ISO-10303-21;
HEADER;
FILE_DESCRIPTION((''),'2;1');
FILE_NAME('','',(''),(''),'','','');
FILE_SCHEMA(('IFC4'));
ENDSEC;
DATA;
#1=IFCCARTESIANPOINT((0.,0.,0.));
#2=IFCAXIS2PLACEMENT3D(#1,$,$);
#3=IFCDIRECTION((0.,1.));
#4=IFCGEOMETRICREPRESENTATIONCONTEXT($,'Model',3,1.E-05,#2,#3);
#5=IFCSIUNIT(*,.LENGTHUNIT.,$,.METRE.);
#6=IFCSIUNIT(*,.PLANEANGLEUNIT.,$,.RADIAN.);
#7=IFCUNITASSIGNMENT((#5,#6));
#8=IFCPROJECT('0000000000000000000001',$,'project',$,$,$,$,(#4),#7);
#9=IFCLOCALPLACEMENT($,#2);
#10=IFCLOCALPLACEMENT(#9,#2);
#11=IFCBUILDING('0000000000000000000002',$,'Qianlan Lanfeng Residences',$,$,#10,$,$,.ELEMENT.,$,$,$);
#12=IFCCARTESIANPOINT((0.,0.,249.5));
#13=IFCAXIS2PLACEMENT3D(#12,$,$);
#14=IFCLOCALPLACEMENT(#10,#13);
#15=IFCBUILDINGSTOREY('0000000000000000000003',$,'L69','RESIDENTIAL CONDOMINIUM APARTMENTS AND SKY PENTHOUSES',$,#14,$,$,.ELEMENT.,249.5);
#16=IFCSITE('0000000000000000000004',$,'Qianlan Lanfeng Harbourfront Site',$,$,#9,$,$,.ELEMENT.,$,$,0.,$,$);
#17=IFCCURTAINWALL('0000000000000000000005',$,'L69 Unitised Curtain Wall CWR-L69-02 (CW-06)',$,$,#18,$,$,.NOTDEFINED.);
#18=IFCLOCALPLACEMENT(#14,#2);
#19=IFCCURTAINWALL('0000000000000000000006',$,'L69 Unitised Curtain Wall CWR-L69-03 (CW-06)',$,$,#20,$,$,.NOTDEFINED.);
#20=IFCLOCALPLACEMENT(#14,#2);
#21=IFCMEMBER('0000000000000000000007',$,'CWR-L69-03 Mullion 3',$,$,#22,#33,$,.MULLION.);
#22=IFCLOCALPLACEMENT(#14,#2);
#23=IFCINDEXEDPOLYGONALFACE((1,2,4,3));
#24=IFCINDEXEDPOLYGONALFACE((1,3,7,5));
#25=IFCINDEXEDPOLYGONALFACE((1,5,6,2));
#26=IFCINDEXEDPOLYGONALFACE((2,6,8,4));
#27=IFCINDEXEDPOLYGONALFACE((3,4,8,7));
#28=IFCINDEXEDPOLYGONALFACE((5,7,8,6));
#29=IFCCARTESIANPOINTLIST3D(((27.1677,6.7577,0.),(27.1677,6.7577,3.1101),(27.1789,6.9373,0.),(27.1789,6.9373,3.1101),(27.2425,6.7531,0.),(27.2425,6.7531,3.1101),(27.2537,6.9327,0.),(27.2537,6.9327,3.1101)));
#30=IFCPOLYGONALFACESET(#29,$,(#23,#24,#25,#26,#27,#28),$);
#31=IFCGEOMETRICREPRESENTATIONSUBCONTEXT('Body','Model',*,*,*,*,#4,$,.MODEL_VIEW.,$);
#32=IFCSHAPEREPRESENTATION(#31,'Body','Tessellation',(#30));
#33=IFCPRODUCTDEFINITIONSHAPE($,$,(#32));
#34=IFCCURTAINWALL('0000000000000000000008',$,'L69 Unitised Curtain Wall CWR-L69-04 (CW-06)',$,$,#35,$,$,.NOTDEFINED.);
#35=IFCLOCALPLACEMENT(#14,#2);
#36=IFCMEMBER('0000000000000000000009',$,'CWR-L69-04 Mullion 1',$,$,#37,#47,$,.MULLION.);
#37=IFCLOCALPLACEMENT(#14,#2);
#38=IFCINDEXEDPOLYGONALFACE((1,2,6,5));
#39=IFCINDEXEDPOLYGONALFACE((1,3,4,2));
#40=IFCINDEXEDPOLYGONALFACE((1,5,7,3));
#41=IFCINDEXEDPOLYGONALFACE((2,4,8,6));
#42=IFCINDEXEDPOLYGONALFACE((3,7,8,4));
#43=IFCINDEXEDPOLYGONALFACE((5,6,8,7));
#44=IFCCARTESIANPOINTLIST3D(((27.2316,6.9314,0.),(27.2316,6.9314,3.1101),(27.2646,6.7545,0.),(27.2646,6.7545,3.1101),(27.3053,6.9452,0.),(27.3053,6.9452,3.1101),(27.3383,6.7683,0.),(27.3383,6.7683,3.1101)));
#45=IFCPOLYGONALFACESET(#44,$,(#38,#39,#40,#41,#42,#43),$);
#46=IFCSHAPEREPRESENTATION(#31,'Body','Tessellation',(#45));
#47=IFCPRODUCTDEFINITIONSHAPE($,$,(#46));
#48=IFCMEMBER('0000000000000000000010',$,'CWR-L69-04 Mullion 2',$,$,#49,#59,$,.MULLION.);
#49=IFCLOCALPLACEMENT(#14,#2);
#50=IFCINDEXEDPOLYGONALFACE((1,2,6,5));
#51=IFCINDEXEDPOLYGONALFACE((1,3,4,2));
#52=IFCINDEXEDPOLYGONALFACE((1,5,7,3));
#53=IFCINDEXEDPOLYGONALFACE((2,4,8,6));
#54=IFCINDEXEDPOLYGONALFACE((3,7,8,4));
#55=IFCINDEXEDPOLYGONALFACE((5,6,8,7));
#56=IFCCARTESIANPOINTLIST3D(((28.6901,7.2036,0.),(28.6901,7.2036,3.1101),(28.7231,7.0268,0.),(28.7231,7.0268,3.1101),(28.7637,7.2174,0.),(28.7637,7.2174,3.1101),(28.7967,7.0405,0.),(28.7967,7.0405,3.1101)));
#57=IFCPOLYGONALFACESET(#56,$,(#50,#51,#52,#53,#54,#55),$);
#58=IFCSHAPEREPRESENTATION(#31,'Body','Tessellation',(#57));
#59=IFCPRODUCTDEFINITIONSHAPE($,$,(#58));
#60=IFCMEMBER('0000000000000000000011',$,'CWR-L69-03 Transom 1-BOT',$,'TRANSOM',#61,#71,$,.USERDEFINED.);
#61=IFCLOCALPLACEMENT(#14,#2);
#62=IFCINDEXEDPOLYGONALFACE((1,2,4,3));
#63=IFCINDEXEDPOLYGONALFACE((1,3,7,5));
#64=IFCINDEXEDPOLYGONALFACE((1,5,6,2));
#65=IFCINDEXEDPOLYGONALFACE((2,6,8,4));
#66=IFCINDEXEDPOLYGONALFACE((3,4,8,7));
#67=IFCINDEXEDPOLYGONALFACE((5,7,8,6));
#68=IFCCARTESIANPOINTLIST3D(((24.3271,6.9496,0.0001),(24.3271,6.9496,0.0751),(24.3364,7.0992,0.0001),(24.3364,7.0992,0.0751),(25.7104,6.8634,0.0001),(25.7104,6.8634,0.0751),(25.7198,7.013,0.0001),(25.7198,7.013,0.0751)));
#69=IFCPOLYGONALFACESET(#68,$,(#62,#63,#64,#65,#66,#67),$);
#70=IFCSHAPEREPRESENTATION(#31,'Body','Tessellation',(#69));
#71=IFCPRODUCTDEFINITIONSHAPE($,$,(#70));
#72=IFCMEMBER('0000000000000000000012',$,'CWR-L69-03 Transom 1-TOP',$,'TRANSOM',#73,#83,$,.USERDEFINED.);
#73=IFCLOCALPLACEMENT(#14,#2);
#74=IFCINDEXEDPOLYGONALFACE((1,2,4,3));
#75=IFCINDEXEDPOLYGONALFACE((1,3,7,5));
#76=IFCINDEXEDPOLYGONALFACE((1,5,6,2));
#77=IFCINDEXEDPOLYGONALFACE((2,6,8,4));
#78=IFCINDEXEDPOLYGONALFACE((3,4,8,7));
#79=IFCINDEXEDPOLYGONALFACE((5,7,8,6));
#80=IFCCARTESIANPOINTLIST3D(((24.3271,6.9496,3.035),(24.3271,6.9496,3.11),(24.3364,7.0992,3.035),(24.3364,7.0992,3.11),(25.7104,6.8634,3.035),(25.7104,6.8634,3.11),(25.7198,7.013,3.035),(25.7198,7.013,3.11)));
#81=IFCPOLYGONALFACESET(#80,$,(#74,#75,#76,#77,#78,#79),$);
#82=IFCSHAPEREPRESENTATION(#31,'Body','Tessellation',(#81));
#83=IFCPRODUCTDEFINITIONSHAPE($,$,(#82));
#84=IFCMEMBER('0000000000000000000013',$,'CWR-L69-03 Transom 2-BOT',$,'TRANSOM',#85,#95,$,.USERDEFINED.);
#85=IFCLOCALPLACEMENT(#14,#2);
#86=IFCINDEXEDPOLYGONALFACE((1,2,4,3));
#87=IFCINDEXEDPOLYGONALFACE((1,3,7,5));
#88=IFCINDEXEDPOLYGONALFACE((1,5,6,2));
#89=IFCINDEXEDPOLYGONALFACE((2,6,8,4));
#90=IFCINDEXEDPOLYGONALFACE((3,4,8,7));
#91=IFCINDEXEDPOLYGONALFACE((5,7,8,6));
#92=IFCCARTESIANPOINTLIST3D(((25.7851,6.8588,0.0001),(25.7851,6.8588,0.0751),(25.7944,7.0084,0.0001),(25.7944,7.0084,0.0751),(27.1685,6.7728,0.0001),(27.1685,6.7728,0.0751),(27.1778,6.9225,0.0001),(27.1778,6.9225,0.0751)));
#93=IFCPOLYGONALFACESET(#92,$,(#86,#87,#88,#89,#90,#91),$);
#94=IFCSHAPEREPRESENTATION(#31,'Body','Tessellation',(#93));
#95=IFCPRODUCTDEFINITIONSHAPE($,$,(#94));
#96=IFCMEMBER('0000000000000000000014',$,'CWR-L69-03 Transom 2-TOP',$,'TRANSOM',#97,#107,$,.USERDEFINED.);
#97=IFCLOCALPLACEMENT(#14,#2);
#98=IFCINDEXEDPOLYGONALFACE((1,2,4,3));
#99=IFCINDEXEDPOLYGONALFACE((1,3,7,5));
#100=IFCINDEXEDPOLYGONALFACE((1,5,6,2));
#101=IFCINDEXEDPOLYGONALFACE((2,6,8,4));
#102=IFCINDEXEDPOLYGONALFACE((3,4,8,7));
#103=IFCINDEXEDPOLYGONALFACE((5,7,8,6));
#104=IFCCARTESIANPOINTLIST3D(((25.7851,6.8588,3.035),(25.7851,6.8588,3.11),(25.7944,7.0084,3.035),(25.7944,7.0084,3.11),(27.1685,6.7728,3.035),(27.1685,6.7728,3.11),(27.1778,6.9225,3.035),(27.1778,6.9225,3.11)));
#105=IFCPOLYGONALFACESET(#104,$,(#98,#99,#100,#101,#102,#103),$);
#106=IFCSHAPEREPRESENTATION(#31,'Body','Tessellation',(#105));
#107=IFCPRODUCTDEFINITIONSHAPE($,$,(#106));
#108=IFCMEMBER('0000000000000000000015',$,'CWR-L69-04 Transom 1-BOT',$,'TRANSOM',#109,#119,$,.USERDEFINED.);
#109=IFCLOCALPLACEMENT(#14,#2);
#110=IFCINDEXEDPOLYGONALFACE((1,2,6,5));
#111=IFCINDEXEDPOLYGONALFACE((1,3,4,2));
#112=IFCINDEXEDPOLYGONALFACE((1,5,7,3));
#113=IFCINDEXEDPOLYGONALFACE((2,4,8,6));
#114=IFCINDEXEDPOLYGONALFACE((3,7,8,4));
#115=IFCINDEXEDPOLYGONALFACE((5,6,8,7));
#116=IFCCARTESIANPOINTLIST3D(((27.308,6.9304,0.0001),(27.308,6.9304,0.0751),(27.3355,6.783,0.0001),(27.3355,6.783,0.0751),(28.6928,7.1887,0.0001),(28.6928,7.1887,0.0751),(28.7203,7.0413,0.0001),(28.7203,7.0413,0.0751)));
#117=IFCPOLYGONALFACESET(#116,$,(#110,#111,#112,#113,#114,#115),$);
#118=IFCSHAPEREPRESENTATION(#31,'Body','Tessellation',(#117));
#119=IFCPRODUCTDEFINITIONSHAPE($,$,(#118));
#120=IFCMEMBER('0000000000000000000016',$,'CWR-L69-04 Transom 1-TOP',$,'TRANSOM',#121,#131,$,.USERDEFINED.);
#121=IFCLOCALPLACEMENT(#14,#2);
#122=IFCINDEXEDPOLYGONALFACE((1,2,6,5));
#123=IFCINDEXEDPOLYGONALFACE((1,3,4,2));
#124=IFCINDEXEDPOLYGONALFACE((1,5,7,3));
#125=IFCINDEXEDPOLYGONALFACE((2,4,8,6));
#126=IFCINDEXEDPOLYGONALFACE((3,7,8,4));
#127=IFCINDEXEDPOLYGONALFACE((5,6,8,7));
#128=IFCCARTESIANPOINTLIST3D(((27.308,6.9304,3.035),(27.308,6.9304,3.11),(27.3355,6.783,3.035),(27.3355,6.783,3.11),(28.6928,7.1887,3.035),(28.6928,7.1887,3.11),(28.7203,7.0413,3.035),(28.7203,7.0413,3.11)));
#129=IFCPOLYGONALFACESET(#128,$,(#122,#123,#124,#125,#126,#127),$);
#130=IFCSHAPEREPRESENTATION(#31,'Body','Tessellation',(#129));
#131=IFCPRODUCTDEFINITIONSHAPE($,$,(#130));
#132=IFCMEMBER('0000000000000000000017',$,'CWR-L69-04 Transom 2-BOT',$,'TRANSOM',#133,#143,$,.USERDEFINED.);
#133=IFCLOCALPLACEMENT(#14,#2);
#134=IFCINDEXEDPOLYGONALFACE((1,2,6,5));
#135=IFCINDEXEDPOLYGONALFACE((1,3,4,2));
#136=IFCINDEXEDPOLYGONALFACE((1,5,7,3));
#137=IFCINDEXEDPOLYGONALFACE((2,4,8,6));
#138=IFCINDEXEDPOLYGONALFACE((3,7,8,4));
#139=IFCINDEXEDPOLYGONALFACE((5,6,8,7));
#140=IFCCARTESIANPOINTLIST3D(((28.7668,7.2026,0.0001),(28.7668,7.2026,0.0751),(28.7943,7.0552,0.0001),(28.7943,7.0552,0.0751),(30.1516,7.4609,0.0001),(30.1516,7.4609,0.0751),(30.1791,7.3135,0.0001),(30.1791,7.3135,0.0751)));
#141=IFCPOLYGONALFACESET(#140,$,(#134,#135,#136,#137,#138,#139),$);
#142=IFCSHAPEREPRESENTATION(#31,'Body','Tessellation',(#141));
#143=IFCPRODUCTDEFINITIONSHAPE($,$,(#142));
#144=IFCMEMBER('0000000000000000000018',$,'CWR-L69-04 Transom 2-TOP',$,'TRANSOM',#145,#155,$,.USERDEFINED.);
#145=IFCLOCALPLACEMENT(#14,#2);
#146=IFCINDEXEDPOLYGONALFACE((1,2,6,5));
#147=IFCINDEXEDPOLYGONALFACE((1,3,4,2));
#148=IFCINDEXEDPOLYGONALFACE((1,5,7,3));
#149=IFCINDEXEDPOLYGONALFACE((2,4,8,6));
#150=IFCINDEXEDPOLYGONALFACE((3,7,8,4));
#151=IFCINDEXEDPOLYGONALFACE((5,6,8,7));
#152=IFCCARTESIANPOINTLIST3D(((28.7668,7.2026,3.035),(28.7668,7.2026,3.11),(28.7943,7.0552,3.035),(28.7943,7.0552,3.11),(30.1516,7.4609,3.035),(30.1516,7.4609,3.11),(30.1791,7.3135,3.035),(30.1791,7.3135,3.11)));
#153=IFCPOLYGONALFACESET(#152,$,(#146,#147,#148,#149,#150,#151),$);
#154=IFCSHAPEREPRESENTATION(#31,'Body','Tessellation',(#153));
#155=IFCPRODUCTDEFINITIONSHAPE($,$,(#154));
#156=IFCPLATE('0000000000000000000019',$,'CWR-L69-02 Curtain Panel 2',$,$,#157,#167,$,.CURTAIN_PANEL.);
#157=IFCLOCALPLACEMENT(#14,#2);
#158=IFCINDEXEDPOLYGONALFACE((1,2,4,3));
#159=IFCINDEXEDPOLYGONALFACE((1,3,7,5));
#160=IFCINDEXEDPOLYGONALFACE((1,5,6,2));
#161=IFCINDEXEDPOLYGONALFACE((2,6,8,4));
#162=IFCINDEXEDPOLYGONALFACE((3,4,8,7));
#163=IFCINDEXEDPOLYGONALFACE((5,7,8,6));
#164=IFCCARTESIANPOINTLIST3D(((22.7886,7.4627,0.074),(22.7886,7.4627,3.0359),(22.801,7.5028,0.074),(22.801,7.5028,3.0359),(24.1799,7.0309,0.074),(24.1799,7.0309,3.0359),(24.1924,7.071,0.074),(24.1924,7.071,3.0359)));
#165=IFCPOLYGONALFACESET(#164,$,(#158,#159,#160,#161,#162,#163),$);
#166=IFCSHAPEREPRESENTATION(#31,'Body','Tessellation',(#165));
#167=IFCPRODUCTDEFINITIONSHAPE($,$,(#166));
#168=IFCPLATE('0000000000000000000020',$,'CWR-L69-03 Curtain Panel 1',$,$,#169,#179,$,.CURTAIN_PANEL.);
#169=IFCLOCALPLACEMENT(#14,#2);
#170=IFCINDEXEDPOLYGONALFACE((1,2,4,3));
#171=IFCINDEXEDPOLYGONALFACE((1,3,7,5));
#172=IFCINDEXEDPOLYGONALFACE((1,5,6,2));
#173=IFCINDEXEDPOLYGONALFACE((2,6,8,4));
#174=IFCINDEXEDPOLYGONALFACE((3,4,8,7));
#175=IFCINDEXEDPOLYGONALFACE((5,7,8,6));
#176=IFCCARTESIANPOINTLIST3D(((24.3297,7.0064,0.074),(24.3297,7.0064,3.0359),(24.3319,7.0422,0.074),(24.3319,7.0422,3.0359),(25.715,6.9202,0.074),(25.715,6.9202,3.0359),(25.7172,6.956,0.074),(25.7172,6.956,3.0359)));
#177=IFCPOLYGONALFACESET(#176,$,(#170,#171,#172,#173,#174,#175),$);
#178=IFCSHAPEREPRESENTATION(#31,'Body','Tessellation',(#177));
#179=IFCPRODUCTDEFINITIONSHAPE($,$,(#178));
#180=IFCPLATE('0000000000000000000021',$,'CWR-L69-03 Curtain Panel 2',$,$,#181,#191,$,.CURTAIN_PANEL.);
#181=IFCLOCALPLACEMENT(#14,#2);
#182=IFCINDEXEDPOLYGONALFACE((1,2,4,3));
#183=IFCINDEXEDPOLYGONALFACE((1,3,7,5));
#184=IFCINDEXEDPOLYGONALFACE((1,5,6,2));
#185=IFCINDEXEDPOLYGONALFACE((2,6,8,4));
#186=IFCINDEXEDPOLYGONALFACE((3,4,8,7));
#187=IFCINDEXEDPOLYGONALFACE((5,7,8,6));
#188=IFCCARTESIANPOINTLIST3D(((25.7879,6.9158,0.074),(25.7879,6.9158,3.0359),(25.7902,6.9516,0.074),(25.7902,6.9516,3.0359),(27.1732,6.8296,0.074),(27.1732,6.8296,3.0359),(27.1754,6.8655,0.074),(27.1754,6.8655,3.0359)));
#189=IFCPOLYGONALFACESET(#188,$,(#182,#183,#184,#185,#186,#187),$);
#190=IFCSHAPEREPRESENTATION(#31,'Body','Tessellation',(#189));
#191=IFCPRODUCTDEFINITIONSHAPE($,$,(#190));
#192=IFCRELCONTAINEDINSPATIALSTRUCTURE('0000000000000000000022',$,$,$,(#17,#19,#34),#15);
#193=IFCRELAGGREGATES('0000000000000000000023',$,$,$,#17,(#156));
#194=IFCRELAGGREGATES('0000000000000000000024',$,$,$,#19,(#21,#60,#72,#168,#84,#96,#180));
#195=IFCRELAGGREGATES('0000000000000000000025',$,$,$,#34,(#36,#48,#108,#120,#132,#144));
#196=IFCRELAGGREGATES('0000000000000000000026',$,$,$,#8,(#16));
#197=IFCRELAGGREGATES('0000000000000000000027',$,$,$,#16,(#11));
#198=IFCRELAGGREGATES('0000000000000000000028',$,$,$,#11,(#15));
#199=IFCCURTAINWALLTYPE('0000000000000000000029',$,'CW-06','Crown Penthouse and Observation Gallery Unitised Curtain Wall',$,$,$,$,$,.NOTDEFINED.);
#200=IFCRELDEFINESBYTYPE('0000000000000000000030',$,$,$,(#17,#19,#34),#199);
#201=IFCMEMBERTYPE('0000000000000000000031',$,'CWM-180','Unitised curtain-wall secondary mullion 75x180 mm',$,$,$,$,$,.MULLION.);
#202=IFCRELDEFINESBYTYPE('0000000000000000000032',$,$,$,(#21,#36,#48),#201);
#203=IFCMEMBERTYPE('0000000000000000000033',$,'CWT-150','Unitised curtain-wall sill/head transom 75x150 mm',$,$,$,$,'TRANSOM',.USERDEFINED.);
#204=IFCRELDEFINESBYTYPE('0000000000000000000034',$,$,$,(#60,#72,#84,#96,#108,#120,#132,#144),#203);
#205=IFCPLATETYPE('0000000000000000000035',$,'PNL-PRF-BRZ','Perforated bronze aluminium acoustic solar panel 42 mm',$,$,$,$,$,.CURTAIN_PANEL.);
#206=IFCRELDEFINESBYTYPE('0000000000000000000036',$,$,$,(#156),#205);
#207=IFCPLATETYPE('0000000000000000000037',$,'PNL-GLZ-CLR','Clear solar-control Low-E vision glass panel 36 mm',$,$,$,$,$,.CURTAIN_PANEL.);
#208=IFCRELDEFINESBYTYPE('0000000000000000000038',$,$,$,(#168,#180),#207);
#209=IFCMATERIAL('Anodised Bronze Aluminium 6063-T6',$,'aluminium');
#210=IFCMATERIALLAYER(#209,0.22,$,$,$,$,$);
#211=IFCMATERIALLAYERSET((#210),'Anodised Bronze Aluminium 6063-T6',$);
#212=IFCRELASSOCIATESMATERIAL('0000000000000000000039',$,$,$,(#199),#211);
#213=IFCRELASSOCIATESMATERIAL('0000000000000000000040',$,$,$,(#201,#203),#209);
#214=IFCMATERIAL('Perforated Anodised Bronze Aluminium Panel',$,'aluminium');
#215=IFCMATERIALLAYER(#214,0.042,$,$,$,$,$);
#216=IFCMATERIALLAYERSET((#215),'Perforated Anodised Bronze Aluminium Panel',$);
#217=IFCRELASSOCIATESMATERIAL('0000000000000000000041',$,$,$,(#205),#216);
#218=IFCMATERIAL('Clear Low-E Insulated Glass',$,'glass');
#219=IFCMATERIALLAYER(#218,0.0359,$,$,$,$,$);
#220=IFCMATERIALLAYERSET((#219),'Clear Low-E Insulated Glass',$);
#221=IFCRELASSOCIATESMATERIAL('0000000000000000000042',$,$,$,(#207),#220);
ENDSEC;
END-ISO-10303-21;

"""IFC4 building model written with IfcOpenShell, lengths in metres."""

from ifc_helpers import new_model, si_unit, direction, frame, origin, origin_2d, place, context, subcontext, project, spatial, rectangle, extrude, source, transform, mapped, material, layer, layer_set, material_profile, profile_set, type_object, element, aggregate, save


model = new_model("IFC4")

# Units and contexts
model_context = context("Model", 3, precision=1e-05, world=origin(), true_north=direction((0.0, 1.0)))
body_context = subcontext(model_context, "Body", "Model", "MODEL_VIEW")
ifc_project = project(units=[si_unit("LENGTHUNIT", "METRE"), si_unit("PLANEANGLEUNIT", "RADIAN")], contexts=[model_context])

# Site, building, storey
site_placement = place(None, origin())
site = spatial("IfcSite", under=ifc_project, at=site_placement, Name="Qianlan Lanfeng Harbourfront Site", CompositionType="ELEMENT", RefElevation=0.0)
building_placement = place(site_placement, origin())
building = spatial("IfcBuilding", under=site, at=building_placement, Name="Qianlan Lanfeng Residences", CompositionType="ELEMENT")
storey_placement = place(building_placement, frame((0.0, 0.0, 249.5)))
storey = spatial("IfcBuildingStorey", under=building, at=storey_placement, Name="L69", Description="RESIDENTIAL CONDOMINIUM APARTMENTS AND SKY PENTHOUSES", CompositionType="ELEMENT", Elevation=249.5)

# Curtain wall
ifc_material_1 = material(Name="Anodised Bronze Aluminium 6063-T6", Category="aluminium")
ifc_layer_1 = layer(ifc_material_1, 0.22)
ifc_layer_set_1 = layer_set([ifc_layer_1], Name="Anodised Bronze Aluminium 6063-T6")
curtain_wall_type = type_object("IfcCurtainWallType", Name="CW-06", Description="Crown Penthouse and Observation Gallery Unitised Curtain Wall", PredefinedType="NOTDEFINED", material=ifc_layer_set_1)
curtain_wall_1_placement = place(storey_placement, origin())
curtain_wall_1 = element("IfcCurtainWall", 1, at=curtain_wall_1_placement, inside=storey, type_object=curtain_wall_type, Name="L69 Unitised Curtain Wall CWR-L69-02 (CW-06)", PredefinedType="NOTDEFINED")
ifc_material_profile_1 = material_profile(ifc_material_1, rectangle(XDim=0.075, YDim=0.1799, at=origin_2d()), Name="ALU MULLION 75x180")
ifc_profile_set_1 = profile_set([ifc_material_profile_1], Name="Anodised Bronze Aluminium 6063-T6")
member_type_1 = type_object("IfcMemberType", Name="CWM-180", Description="Unitised curtain-wall secondary mullion 75x180 mm", PredefinedType="MULLION", material=ifc_profile_set_1)
shared_shape_1 = source(origin(), body_context, "Body", "SweptSolid", [
    extrude(rectangle(XDim=0.075, YDim=0.1799, at=origin_2d()), origin(), (0.0, 0.0, 1.0), 3.1101),
])

# Curtain walls, members
curtain_wall_2_placement = place(storey_placement, origin())
curtain_wall_2 = element("IfcCurtainWall", 2, at=curtain_wall_2_placement, inside=storey, type_object=curtain_wall_type, Name="L69 Unitised Curtain Wall CWR-L69-03 (CW-06)", PredefinedType="NOTDEFINED")
member_1_placement = place(storey_placement, frame((27.2107, 6.8452, 0.0), z_axis=(0.0, 0.0, 1.0), x_axis=(0.998072, -0.062066, 0.0)))
member_1 = element("IfcMember", 3, at=member_1_placement, type_object=member_type_1, Name="CWR-L69-03 Mullion 3", PredefinedType="MULLION", context=body_context, shape_type="MappedRepresentation", body=[
    mapped(shared_shape_1, transform((0.0, 0.0, 0.0), scale=1.0)),
])
curtain_wall_3_placement = place(storey_placement, origin())
curtain_wall_3 = element("IfcCurtainWall", 4, at=curtain_wall_3_placement, inside=storey, type_object=curtain_wall_type, Name="L69 Unitised Curtain Wall CWR-L69-04 (CW-06)", PredefinedType="NOTDEFINED")
member_2_placement = place(storey_placement, frame((27.2849, 6.8499, 0.0), z_axis=(0.0, 0.0, 1.0), x_axis=(0.983039, 0.183395, 0.0)))
member_2 = element("IfcMember", 5, at=member_2_placement, type_object=member_type_1, Name="CWR-L69-04 Mullion 1", PredefinedType="MULLION", context=body_context, shape_type="MappedRepresentation", body=[
    mapped(shared_shape_1, transform((0.0, 0.0, 0.0), scale=1.0)),
])
member_3_placement = place(storey_placement, frame((28.7434, 7.1221, 0.0), z_axis=(0.0, 0.0, 1.0), x_axis=(0.983039, 0.183395, 0.0)))
member_3 = element("IfcMember", 6, at=member_3_placement, type_object=member_type_1, Name="CWR-L69-04 Mullion 2", PredefinedType="MULLION", context=body_context, shape_type="MappedRepresentation", body=[
    mapped(shared_shape_1, transform((0.0, 0.0, 0.0), scale=1.0)),
])

# Members
ifc_material_profile_2 = material_profile(ifc_material_1, rectangle(XDim=0.075, YDim=0.1499, at=origin_2d()), Name="ALU TRANSOM 75x150")
ifc_profile_set_2 = profile_set([ifc_material_profile_2], Name="Anodised Bronze Aluminium 6063-T6")
member_type_2 = type_object("IfcMemberType", Name="CWT-150", Description="Unitised curtain-wall sill/head transom 75x150 mm", ElementType="TRANSOM", PredefinedType="USERDEFINED", material=ifc_profile_set_2)
shared_shape_2 = source(origin(), body_context, "Body", "SweptSolid", [
    extrude(rectangle(XDim=0.075, YDim=0.1499, at=origin_2d()), origin(), (0.0, 0.0, 1.0), 1.386),
])
member_4_placement = place(storey_placement, frame((24.3318, 7.0244, 0.0376), z_axis=(0.998065, -0.062181, 0.0), x_axis=(0.0, 0.0, 1.0)))
member_4 = element("IfcMember", 7, at=member_4_placement, type_object=member_type_2, Name="CWR-L69-03 Transom 1-BOT", ObjectType="TRANSOM", PredefinedType="USERDEFINED", context=body_context, shape_type="MappedRepresentation", body=[
    mapped(shared_shape_2, transform((0.0, 0.0, 0.0), scale=1.0)),
])
member_5_placement = place(storey_placement, frame((24.3318, 7.0244, 3.0725), z_axis=(0.998065, -0.062181, 0.0), x_axis=(0.0, 0.0, 1.0)))
member_5 = element("IfcMember", 8, at=member_5_placement, type_object=member_type_2, Name="CWR-L69-03 Transom 1-TOP", ObjectType="TRANSOM", PredefinedType="USERDEFINED", context=body_context, shape_type="MappedRepresentation", body=[
    mapped(shared_shape_2, transform((0.0, 0.0, 0.0), scale=1.0)),
])
member_6_placement = place(storey_placement, frame((25.7898, 6.9336, 0.0376), z_axis=(0.998076, -0.062005, 0.0), x_axis=(0.0, 0.0, 1.0)))
member_6 = element("IfcMember", 9, at=member_6_placement, type_object=member_type_2, Name="CWR-L69-03 Transom 2-BOT", ObjectType="TRANSOM", PredefinedType="USERDEFINED", context=body_context, shape_type="MappedRepresentation", body=[
    mapped(shared_shape_2, transform((0.0, 0.0, 0.0), scale=1.0)),
])
member_7_placement = place(storey_placement, frame((25.7898, 6.9336, 3.0725), z_axis=(0.998076, -0.062005, 0.0), x_axis=(0.0, 0.0, 1.0)))
member_7 = element("IfcMember", 10, at=member_7_placement, type_object=member_type_2, Name="CWR-L69-03 Transom 2-TOP", ObjectType="TRANSOM", PredefinedType="USERDEFINED", context=body_context, shape_type="MappedRepresentation", body=[
    mapped(shared_shape_2, transform((0.0, 0.0, 0.0), scale=1.0)),
])
shared_shape_3 = source(origin(), body_context, "Body", "SweptSolid", [
    extrude(rectangle(XDim=0.075, YDim=0.1499, at=origin_2d()), origin(), (0.0, 0.0, 1.0), 1.4087),
])
member_8_placement = place(storey_placement, frame((27.3218, 6.8567, 0.0376), z_axis=(0.983044, 0.183368, 0.0), x_axis=(0.0, 0.0, 1.0)))
member_8 = element("IfcMember", 11, at=member_8_placement, type_object=member_type_2, Name="CWR-L69-04 Transom 1-BOT", ObjectType="TRANSOM", PredefinedType="USERDEFINED", context=body_context, shape_type="MappedRepresentation", body=[
    mapped(shared_shape_3, transform((0.0, 0.0, 0.0), scale=1.0)),
])
member_9_placement = place(storey_placement, frame((27.3218, 6.8567, 3.0725), z_axis=(0.983044, 0.183368, 0.0), x_axis=(0.0, 0.0, 1.0)))
member_9 = element("IfcMember", 12, at=member_9_placement, type_object=member_type_2, Name="CWR-L69-04 Transom 1-TOP", ObjectType="TRANSOM", PredefinedType="USERDEFINED", context=body_context, shape_type="MappedRepresentation", body=[
    mapped(shared_shape_3, transform((0.0, 0.0, 0.0), scale=1.0)),
])
member_10_placement = place(storey_placement, frame((28.7805, 7.1289, 0.0376), z_axis=(0.983044, 0.183368, 0.0), x_axis=(0.0, 0.0, 1.0)))
member_10 = element("IfcMember", 13, at=member_10_placement, type_object=member_type_2, Name="CWR-L69-04 Transom 2-BOT", ObjectType="TRANSOM", PredefinedType="USERDEFINED", context=body_context, shape_type="MappedRepresentation", body=[
    mapped(shared_shape_3, transform((0.0, 0.0, 0.0), scale=1.0)),
])
member_11_placement = place(storey_placement, frame((28.7805, 7.1289, 3.0725), z_axis=(0.983044, 0.183368, 0.0), x_axis=(0.0, 0.0, 1.0)))
member_11 = element("IfcMember", 14, at=member_11_placement, type_object=member_type_2, Name="CWR-L69-04 Transom 2-TOP", ObjectType="TRANSOM", PredefinedType="USERDEFINED", context=body_context, shape_type="MappedRepresentation", body=[
    mapped(shared_shape_3, transform((0.0, 0.0, 0.0), scale=1.0)),
])

# Plates
ifc_material_2 = material(Name="Perforated Anodised Bronze Aluminium Panel", Category="aluminium")
ifc_layer_2 = layer(ifc_material_2, 0.042)
ifc_layer_set_2 = layer_set([ifc_layer_2], Name="Perforated Anodised Bronze Aluminium Panel")
plate_type_1 = type_object("IfcPlateType", Name="PNL-PRF-BRZ", Description="Perforated bronze aluminium acoustic solar panel 42 mm", PredefinedType="CURTAIN_PANEL", material=ifc_layer_set_2)
shared_shape_4 = source(origin(), body_context, "Body", "SweptSolid", [
    extrude(rectangle(XDim=1.4568, YDim=0.042, at=origin_2d()), origin(), (0.0, 0.0, 1.0), 2.9619),
])
plate_1_placement = place(storey_placement, frame((23.4905, 7.2668, 0.074), z_axis=(0.0, 0.0, 1.0), x_axis=(0.95508, -0.296348, 0.0)))
plate_1 = element("IfcPlate", 15, at=plate_1_placement, type_object=plate_type_1, Name="CWR-L69-02 Curtain Panel 2", PredefinedType="CURTAIN_PANEL", context=body_context, shape_type="MappedRepresentation", body=[
    mapped(shared_shape_4, transform((0.0, 0.0, 0.0), scale=1.0)),
])
aggregate(curtain_wall_1, [plate_1])
ifc_material_3 = material(Name="Clear Low-E Insulated Glass", Category="glass")
ifc_layer_3 = layer(ifc_material_3, 0.0359)
ifc_layer_set_3 = layer_set([ifc_layer_3], Name="Clear Low-E Insulated Glass")
plate_type_2 = type_object("IfcPlateType", Name="PNL-GLZ-CLR", Description="Clear solar-control Low-E vision glass panel 36 mm", PredefinedType="CURTAIN_PANEL", material=ifc_layer_set_3)
shared_shape_5 = source(origin(), body_context, "Body", "SweptSolid", [
    extrude(rectangle(XDim=1.3879, YDim=0.0359, at=origin_2d()), origin(), (0.0, 0.0, 1.0), 2.9619),
])
plate_2_placement = place(storey_placement, frame((25.0234, 6.9812, 0.074), z_axis=(0.0, 0.0, 1.0), x_axis=(0.998072, -0.062066, 0.0)))
plate_2 = element("IfcPlate", 16, at=plate_2_placement, type_object=plate_type_2, Name="CWR-L69-03 Curtain Panel 1", PredefinedType="CURTAIN_PANEL", context=body_context, shape_type="MappedRepresentation", body=[
    mapped(shared_shape_5, transform((0.0, 0.0, 0.0), scale=1.0)),
])
plate_3_placement = place(storey_placement, frame((26.4817, 6.8906, 0.074), z_axis=(0.0, 0.0, 1.0), x_axis=(0.998072, -0.062066, 0.0)))
plate_3 = element("IfcPlate", 17, at=plate_3_placement, type_object=plate_type_2, Name="CWR-L69-03 Curtain Panel 2", PredefinedType="CURTAIN_PANEL", context=body_context, shape_type="MappedRepresentation", body=[
    mapped(shared_shape_5, transform((0.0, 0.0, 0.0), scale=1.0)),
])
aggregate(curtain_wall_2, [member_1, member_4, member_5, plate_2, member_6, member_7, plate_3])
aggregate(curtain_wall_3, [member_2, member_3, member_8, member_9, member_10, member_11])

save(model, "model.ifc")
